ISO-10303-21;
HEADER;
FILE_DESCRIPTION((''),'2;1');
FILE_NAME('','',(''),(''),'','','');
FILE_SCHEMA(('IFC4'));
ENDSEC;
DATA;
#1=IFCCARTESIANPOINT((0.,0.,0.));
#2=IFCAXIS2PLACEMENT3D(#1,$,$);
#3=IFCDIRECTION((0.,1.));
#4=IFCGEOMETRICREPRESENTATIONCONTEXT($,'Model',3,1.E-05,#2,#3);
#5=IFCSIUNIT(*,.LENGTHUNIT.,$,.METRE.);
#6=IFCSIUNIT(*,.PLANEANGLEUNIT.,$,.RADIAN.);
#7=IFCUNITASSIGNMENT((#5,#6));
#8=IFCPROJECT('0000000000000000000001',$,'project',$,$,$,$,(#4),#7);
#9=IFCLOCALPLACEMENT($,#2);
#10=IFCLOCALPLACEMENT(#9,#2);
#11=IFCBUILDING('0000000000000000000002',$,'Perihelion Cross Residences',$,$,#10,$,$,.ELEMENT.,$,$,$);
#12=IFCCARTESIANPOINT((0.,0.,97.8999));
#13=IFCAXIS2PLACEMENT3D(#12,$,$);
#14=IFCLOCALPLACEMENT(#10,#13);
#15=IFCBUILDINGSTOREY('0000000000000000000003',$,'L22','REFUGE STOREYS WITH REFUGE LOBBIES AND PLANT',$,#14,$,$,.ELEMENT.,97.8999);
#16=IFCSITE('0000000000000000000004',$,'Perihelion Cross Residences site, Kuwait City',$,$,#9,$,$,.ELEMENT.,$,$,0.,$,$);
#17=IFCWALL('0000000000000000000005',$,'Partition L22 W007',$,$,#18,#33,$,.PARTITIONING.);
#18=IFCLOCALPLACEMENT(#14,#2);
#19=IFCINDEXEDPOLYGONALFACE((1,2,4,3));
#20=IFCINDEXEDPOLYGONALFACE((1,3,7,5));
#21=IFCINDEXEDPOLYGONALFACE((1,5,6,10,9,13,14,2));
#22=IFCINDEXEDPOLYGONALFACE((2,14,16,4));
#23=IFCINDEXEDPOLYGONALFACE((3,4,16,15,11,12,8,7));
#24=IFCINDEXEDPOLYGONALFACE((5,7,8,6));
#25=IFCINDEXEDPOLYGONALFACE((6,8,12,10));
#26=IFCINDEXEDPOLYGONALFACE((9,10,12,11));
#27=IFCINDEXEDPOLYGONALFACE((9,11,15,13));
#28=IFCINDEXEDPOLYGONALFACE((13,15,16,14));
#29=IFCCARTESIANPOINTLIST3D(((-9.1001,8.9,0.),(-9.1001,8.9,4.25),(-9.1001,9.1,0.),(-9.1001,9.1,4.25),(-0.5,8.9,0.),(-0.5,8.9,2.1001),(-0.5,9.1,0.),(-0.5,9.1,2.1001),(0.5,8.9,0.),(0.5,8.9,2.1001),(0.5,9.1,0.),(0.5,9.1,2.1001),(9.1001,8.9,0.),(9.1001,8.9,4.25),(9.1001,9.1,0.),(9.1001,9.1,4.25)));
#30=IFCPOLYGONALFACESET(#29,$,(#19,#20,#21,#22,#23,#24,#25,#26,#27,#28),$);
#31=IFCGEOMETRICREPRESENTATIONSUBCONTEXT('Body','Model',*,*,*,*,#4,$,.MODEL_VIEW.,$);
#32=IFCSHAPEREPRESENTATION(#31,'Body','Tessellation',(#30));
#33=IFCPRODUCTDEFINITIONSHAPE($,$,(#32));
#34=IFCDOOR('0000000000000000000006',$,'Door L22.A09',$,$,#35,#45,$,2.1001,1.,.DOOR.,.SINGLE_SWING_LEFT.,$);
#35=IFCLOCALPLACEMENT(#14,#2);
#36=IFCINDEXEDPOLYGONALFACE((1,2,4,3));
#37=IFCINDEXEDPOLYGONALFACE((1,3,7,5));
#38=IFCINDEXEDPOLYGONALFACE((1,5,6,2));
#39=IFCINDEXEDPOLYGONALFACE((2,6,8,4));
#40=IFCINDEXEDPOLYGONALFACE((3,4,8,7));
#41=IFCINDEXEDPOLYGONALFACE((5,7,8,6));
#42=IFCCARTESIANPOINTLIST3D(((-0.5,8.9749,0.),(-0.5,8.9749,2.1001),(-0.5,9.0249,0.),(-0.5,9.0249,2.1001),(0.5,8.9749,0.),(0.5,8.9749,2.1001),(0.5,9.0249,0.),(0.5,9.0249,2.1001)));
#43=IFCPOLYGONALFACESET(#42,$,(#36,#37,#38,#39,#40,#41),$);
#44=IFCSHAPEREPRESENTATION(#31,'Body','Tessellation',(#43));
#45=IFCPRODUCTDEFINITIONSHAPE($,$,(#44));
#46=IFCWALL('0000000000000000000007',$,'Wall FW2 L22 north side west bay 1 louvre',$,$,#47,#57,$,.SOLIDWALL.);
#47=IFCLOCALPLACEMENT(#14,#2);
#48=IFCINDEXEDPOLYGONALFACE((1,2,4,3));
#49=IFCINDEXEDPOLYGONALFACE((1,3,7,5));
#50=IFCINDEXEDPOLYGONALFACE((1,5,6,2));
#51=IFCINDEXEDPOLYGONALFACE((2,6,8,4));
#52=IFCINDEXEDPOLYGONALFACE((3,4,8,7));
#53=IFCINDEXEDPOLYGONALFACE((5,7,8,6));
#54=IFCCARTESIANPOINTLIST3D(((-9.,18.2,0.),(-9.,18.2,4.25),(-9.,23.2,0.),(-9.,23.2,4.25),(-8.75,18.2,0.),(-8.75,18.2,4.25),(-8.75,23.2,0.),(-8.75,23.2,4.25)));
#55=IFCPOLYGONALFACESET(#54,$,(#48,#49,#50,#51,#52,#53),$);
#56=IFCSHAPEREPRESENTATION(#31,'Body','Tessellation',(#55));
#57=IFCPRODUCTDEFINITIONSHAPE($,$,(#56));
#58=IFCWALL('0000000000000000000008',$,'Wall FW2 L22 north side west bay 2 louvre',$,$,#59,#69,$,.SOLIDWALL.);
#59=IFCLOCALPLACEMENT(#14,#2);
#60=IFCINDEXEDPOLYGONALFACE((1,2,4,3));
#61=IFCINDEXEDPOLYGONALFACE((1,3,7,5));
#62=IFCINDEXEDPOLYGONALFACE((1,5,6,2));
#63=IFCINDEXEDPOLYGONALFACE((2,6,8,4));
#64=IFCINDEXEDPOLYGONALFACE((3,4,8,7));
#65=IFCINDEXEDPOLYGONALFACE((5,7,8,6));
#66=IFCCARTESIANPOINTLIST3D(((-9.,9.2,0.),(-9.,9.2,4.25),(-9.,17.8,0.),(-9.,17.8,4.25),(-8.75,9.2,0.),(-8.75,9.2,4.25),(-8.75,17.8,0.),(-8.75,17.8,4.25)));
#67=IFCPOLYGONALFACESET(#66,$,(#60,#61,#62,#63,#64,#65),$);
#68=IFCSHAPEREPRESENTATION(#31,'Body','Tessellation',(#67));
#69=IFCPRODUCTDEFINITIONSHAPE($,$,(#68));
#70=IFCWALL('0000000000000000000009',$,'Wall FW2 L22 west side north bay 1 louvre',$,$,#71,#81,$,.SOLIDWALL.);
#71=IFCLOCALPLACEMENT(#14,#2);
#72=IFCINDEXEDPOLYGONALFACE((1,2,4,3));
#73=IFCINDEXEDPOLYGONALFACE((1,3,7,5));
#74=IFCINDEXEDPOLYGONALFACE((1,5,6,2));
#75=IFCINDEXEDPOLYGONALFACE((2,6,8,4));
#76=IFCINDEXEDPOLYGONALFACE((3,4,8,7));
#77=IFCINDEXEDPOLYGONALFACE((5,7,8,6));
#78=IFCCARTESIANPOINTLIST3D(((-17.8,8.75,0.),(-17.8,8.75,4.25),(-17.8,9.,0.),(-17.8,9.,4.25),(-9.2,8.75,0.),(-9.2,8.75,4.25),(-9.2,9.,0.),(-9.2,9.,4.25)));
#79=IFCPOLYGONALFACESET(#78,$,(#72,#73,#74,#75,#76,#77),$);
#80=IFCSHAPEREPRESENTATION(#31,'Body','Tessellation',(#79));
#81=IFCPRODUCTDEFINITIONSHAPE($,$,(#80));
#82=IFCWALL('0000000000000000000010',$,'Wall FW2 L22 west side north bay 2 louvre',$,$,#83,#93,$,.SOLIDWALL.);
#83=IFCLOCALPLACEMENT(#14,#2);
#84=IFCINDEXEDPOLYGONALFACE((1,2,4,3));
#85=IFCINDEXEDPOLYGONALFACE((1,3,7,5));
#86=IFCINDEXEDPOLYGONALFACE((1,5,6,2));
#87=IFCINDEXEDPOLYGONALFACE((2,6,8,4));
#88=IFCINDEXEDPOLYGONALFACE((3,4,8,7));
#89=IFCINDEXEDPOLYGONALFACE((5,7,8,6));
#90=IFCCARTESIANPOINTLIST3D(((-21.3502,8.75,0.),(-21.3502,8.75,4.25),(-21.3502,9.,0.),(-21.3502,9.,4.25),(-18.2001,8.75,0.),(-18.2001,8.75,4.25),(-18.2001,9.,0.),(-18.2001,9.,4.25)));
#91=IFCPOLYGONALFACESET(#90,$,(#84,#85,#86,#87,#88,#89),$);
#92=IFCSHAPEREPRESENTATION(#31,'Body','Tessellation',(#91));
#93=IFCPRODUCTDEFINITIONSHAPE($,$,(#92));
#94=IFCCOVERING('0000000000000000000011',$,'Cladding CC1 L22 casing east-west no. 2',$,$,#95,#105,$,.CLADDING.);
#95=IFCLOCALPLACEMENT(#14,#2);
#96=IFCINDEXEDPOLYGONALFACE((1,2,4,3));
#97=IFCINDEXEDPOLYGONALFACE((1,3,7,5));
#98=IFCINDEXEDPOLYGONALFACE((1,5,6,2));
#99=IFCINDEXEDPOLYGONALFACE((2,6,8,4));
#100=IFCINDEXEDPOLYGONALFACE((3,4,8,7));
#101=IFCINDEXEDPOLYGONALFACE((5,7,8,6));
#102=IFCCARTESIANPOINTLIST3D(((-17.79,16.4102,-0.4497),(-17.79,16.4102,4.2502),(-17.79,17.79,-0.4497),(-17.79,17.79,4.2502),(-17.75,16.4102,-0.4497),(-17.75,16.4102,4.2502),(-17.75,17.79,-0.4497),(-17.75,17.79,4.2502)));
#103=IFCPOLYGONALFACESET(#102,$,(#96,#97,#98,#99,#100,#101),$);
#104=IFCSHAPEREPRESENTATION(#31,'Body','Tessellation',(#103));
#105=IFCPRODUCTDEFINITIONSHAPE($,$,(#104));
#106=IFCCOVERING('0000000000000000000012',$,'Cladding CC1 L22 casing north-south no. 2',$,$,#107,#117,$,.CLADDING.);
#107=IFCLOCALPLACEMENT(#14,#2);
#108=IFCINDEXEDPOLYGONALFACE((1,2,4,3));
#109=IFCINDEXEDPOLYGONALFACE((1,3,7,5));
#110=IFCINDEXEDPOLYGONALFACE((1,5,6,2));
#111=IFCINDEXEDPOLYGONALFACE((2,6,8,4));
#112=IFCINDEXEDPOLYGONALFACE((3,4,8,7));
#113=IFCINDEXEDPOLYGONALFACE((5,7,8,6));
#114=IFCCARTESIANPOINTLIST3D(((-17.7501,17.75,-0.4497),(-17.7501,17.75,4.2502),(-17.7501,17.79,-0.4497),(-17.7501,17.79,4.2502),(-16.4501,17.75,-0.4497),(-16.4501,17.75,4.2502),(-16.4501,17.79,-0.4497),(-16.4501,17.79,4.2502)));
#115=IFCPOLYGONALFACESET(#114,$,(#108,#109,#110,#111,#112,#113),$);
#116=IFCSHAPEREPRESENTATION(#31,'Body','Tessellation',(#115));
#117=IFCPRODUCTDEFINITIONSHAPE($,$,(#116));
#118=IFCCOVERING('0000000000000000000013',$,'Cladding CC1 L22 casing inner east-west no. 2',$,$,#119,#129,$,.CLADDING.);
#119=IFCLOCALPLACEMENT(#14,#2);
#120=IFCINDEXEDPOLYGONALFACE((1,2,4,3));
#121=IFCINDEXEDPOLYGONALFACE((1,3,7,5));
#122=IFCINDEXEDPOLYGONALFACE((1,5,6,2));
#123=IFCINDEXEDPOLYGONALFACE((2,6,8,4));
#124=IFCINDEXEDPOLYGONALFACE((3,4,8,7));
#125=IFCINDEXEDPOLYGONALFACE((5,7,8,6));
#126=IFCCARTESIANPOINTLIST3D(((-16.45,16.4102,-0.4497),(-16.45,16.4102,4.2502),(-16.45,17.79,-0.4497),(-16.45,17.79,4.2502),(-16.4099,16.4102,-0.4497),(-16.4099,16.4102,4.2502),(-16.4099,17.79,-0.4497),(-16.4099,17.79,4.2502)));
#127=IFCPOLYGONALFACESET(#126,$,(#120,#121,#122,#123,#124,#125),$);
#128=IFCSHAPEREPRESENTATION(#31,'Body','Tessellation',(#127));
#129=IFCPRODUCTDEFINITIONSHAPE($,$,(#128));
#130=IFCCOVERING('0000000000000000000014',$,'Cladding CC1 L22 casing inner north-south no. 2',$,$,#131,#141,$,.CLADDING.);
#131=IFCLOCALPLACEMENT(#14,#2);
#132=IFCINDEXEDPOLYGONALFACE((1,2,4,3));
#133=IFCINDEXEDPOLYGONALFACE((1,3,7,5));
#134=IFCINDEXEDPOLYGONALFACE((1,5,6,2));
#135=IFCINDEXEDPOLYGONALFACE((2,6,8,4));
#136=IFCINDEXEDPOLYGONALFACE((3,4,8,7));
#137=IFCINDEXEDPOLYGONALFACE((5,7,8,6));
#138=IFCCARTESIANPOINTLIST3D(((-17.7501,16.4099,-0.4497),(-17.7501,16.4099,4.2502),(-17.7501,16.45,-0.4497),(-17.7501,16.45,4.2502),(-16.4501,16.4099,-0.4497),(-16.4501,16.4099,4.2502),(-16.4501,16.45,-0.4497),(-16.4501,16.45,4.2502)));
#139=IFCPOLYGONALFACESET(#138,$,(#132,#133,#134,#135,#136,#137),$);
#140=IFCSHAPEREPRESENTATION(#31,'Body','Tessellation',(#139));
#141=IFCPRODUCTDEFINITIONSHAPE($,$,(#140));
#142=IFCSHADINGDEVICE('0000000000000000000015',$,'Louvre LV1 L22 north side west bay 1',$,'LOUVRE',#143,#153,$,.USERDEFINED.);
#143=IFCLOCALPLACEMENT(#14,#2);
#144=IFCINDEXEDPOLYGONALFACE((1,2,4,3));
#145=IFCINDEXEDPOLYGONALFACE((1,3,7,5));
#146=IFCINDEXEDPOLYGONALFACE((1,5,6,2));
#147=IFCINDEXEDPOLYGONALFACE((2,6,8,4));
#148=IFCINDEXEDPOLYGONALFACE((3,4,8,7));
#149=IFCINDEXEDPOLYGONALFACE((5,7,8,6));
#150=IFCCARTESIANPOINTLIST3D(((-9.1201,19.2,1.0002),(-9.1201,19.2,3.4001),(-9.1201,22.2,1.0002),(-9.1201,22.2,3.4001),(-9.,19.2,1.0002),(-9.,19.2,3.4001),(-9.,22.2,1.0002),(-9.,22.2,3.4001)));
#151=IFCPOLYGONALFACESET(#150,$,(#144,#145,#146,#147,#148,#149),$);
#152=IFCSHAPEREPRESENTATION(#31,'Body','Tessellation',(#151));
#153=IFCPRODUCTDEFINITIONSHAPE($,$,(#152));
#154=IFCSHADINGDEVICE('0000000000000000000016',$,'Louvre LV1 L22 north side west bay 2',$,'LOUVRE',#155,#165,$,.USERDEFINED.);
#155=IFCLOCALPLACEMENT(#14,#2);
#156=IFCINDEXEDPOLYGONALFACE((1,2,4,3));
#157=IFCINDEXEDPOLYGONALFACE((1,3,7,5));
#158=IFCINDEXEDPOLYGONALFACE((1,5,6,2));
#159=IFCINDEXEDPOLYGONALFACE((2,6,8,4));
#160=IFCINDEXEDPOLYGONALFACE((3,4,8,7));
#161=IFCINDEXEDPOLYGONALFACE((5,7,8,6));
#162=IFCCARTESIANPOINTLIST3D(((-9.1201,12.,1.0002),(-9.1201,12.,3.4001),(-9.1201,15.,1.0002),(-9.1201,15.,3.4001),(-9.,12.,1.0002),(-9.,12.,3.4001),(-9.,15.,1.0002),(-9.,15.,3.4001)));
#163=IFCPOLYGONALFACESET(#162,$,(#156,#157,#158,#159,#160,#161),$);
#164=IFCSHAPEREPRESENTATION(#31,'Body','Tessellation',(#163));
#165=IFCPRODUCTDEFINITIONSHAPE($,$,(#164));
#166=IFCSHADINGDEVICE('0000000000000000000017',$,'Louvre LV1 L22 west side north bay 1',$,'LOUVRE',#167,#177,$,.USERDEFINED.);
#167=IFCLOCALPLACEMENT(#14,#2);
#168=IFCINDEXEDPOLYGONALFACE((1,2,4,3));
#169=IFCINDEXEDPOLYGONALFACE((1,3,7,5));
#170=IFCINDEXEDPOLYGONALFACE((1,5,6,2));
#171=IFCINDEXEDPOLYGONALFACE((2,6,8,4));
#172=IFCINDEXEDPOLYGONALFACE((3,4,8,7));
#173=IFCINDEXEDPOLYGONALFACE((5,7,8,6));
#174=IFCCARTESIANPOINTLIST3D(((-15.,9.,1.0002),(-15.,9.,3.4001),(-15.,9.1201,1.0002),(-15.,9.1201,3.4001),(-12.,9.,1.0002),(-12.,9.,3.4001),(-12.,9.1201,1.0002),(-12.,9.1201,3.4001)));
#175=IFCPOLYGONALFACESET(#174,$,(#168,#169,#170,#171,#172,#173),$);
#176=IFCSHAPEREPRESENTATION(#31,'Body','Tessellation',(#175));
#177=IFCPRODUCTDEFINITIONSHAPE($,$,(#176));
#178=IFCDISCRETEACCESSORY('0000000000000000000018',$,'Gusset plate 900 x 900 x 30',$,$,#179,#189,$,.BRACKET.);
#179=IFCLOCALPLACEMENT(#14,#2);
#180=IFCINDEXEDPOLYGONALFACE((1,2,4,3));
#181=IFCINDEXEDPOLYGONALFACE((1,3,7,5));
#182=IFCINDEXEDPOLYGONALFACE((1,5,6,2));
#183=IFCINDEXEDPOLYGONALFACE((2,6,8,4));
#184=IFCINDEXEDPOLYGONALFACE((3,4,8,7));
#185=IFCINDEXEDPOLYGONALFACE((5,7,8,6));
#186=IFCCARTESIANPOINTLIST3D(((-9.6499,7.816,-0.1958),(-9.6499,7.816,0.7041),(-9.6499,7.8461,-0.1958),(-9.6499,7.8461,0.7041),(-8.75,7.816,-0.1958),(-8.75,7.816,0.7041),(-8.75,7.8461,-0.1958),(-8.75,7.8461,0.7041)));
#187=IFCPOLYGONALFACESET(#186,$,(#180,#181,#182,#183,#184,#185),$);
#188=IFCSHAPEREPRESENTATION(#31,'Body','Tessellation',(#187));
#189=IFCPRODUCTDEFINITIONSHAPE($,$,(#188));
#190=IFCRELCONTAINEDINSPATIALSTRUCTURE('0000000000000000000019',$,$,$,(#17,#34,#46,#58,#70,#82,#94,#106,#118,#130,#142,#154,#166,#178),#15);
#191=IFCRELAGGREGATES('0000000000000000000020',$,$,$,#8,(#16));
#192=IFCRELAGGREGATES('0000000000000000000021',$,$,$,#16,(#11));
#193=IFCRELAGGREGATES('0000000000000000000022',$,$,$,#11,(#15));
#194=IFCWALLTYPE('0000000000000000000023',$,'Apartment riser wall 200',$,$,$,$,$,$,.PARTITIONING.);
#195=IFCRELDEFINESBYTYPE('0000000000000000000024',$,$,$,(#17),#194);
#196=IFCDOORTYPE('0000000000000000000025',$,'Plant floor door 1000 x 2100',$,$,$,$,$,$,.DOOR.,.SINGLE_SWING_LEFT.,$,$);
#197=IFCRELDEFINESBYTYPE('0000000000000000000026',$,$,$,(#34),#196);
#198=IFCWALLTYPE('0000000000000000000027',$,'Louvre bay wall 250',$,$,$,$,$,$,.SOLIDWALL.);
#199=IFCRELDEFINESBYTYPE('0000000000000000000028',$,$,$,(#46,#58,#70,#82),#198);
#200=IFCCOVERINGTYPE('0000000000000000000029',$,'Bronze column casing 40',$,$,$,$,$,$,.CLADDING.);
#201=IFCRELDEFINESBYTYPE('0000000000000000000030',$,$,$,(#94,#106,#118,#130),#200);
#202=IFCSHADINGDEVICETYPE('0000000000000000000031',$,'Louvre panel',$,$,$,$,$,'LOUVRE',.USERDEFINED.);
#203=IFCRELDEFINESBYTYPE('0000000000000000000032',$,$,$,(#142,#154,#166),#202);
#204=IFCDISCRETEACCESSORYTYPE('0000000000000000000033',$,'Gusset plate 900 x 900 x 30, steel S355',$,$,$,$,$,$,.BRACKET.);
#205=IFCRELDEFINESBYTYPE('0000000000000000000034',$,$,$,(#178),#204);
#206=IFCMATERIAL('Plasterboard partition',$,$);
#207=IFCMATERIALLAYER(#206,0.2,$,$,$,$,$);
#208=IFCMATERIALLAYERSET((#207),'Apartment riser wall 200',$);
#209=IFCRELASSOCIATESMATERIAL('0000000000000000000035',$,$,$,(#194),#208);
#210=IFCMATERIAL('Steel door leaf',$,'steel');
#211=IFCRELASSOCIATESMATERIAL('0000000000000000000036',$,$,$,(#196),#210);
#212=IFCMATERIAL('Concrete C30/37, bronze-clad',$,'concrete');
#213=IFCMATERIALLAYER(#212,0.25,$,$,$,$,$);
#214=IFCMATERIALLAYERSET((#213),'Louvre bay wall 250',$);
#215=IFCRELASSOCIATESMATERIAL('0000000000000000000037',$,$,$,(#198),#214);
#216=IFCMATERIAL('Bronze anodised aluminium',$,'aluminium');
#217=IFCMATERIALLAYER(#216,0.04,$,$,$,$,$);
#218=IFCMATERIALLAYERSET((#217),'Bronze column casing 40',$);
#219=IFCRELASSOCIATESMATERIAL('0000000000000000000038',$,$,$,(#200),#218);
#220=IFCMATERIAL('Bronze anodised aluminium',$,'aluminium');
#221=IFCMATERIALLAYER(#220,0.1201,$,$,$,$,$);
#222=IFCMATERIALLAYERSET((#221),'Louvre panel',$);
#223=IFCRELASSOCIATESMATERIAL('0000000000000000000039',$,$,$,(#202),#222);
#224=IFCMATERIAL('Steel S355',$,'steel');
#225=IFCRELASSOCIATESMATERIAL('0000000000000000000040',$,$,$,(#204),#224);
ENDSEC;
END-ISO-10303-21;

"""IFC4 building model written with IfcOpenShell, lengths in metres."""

from ifc_helpers import new_model, si_unit, direction, frame, frame_2d, origin, origin_2d, place, context, subcontext, project, spatial, rectangle, extrude, material, layer, layer_set, type_object, element, fill, save


model = new_model("IFC4")

# Units and contexts
model_context = context("Model", 3, precision=1e-05, world=origin(), true_north=direction((0.0, 1.0)))
body_context = subcontext(model_context, "Body", "Model", "MODEL_VIEW")
ifc_project = project(units=[si_unit("LENGTHUNIT", "METRE"), si_unit("PLANEANGLEUNIT", "RADIAN")], contexts=[model_context])

# Site, building, storey
site_placement = place(None, origin())
site = spatial("IfcSite", under=ifc_project, at=site_placement, Name="Perihelion Cross Residences site, Kuwait City", CompositionType="ELEMENT", RefElevation=0.0)
building_placement = place(site_placement, origin())
building = spatial("IfcBuilding", under=site, at=building_placement, Name="Perihelion Cross Residences", CompositionType="ELEMENT")
storey_placement = place(building_placement, frame((0.0, 0.0, 97.8999)))
storey = spatial("IfcBuildingStorey", under=building, at=storey_placement, Name="L22", Description="REFUGE STOREYS WITH REFUGE LOBBIES AND PLANT", CompositionType="ELEMENT", Elevation=97.8999)

# Wall, opening, door
ifc_material_1 = material(Name="Plasterboard partition")
ifc_layer_1 = layer(ifc_material_1, 0.2)
ifc_layer_set_1 = layer_set([ifc_layer_1], Name="Apartment riser wall 200")
wall_type_1 = type_object("IfcWallType", Name="Apartment riser wall 200", PredefinedType="PARTITIONING", material=ifc_layer_set_1)
wall_1_placement = place(storey_placement, frame((-9.1001, 9.0, 0.0), z_axis=(0.0, 0.0, 1.0), x_axis=(1.0, 0.0, 0.0)))
wall_1 = element("IfcWall", 1, at=wall_1_placement, inside=storey, type_object=wall_type_1, Name="Partition L22 W007", PredefinedType="PARTITIONING", context=body_context, shape_type="SweptSolid", body=[
    extrude(rectangle(XDim=18.2002, YDim=0.2, at=frame_2d((9.1001, 0.0))), origin(), (0.0, 0.0, 1.0), 4.25),
])
opening_placement = place(wall_1_placement, frame((8.6001, 0.0, 0.0)))
opening = element("IfcOpeningElement", 2, at=opening_placement, cuts=wall_1, PredefinedType="OPENING", context=body_context, shape_type="SweptSolid", body=[
    extrude(rectangle(XDim=1.0, YDim=2.1001, at=frame_2d((0.5, 1.05))), frame((0.0, 0.1099, 0.0), z_axis=(0.0, -1.0, 0.0), x_axis=(1.0, 0.0, 0.0)), (0.0, 0.0, 1.0), 0.22),
])
ifc_material_2 = material(Name="Steel door leaf", Category="steel")
door_type = type_object("IfcDoorType", Name="Plant floor door 1000 x 2100", OperationType="SINGLE_SWING_LEFT", PredefinedType="DOOR", material=ifc_material_2)
door_placement = place(opening_placement, origin())
door = element("IfcDoor", 3, at=door_placement, inside=storey, type_object=door_type, Name="Door L22.A09", OperationType="SINGLE_SWING_LEFT", OverallHeight=2.1001, OverallWidth=1.0, PredefinedType="DOOR", context=body_context, shape_type="SweptSolid", body=[
    extrude(rectangle(XDim=1.0, YDim=2.1001, at=frame_2d((0.5, 1.05))), frame((0.0, 0.0249, 0.0), z_axis=(0.0, -1.0, 0.0), x_axis=(1.0, 0.0, 0.0)), (0.0, 0.0, 1.0), 0.05),
])
fill(opening, door)

# Walls
ifc_material_3 = material(Name="Concrete C30/37, bronze-clad", Category="concrete")
ifc_layer_2 = layer(ifc_material_3, 0.25)
ifc_layer_set_2 = layer_set([ifc_layer_2], Name="Louvre bay wall 250")
wall_type_2 = type_object("IfcWallType", Name="Louvre bay wall 250", PredefinedType="SOLIDWALL", material=ifc_layer_set_2)
wall_2_placement = place(storey_placement, frame((-8.875, 23.2, 0.0), z_axis=(0.0, 0.0, 1.0), x_axis=(0.0, -1.0, 0.0)))
element("IfcWall", 4, at=wall_2_placement, inside=storey, type_object=wall_type_2, Name="Wall FW2 L22 north side west bay 1 louvre", PredefinedType="SOLIDWALL", context=body_context, shape_type="SweptSolid", body=[
    extrude(rectangle(XDim=5.0, YDim=0.25, at=frame_2d((2.5, 0.0))), origin(), (0.0, 0.0, 1.0), 4.25),
])
for number, where, z_axis, x_axis, name in (
    (5, (-8.875, 17.8, 0.0), (0.0, 0.0, 1.0), (0.0, -1.0, 0.0), "Wall FW2 L22 north side west bay 2 louvre"),
    (6, (-9.2, 8.875, 0.0), (0.0, 0.0, 1.0), (-1.0, 0.0, 0.0), "Wall FW2 L22 west side north bay 1 louvre"),
):
    element("IfcWall", number, at=place(storey_placement, frame(where, z_axis=z_axis, x_axis=x_axis)), inside=storey, type_object=wall_type_2, Name=name, PredefinedType="SOLIDWALL", context=body_context, shape_type="SweptSolid", body=[
        extrude(rectangle(XDim=8.6001, YDim=0.25, at=frame_2d((4.3, 0.0))), origin(), (0.0, 0.0, 1.0), 4.25),
    ])
wall_3_placement = place(storey_placement, frame((-18.2, 8.875, 0.0), z_axis=(0.0, 0.0, 1.0), x_axis=(-1.0, 0.0, 0.0)))
element("IfcWall", 7, at=wall_3_placement, inside=storey, type_object=wall_type_2, Name="Wall FW2 L22 west side north bay 2 louvre", PredefinedType="SOLIDWALL", context=body_context, shape_type="SweptSolid", body=[
    extrude(rectangle(XDim=3.1501, YDim=0.25, at=frame_2d((1.5752, 0.0))), origin(), (0.0, 0.0, 1.0), 4.25),
])

# Coverings
ifc_material_4 = material(Name="Bronze anodised aluminium", Category="aluminium")
ifc_layer_3 = layer(ifc_material_4, 0.04)
ifc_layer_set_3 = layer_set([ifc_layer_3], Name="Bronze column casing 40")
covering_type = type_object("IfcCoveringType", Name="Bronze column casing 40", PredefinedType="CLADDING", material=ifc_layer_set_3)
covering_1_placement = place(storey_placement, frame((-17.77, 17.1001, -0.4497), z_axis=(0.0, 0.0, 1.0), x_axis=(1.0, 0.0, 0.0)))
element("IfcCovering", 8, at=covering_1_placement, inside=storey, type_object=covering_type, Name="Cladding CC1 L22 casing east-west no. 2", PredefinedType="CLADDING", context=body_context, shape_type="SweptSolid", body=[
    extrude(rectangle(XDim=0.04, YDim=1.3799, at=origin_2d()), origin(), (0.0, 0.0, 1.0), 4.7),
])
covering_2_placement = place(storey_placement, frame((-17.1001, 17.77, -0.4497), z_axis=(0.0, 0.0, 1.0), x_axis=(1.0, 0.0, 0.0)))
element("IfcCovering", 9, at=covering_2_placement, inside=storey, type_object=covering_type, Name="Cladding CC1 L22 casing north-south no. 2", PredefinedType="CLADDING", context=body_context, shape_type="SweptSolid", body=[
    extrude(rectangle(XDim=1.3, YDim=0.04, at=origin_2d()), origin(), (0.0, 0.0, 1.0), 4.7),
])
covering_3_placement = place(storey_placement, frame((-16.4299, 17.1001, -0.4497), z_axis=(0.0, 0.0, 1.0), x_axis=(1.0, 0.0, 0.0)))
element("IfcCovering", 10, at=covering_3_placement, inside=storey, type_object=covering_type, Name="Cladding CC1 L22 casing inner east-west no. 2", PredefinedType="CLADDING", context=body_context, shape_type="SweptSolid", body=[
    extrude(rectangle(XDim=0.04, YDim=1.3799, at=origin_2d()), origin(), (0.0, 0.0, 1.0), 4.7),
])
covering_4_placement = place(storey_placement, frame((-17.1001, 16.4299, -0.4497), z_axis=(0.0, 0.0, 1.0), x_axis=(1.0, 0.0, 0.0)))
element("IfcCovering", 11, at=covering_4_placement, inside=storey, type_object=covering_type, Name="Cladding CC1 L22 casing inner north-south no. 2", PredefinedType="CLADDING", context=body_context, shape_type="SweptSolid", body=[
    extrude(rectangle(XDim=1.3, YDim=0.04, at=origin_2d()), origin(), (0.0, 0.0, 1.0), 4.7),
])

# Shading devices
ifc_material_5 = material(Name="Bronze anodised aluminium", Category="aluminium")
ifc_layer_4 = layer(ifc_material_5, 0.1201)
ifc_layer_set_4 = layer_set([ifc_layer_4], Name="Louvre panel")
shading_device_type = type_object("IfcShadingDeviceType", Name="Louvre panel", ElementType="LOUVRE", PredefinedType="USERDEFINED", material=ifc_layer_set_4)
for number, where, z_axis, x_axis, name in (
    (12, (-9.0601, 20.7, 1.0002), (0.0, 0.0, 1.0), (0.0, -1.0, 0.0), "Louvre LV1 L22 north side west bay 1"),
    (13, (-9.0601, 13.5, 1.0002), (0.0, 0.0, 1.0), (0.0, -1.0, 0.0), "Louvre LV1 L22 north side west bay 2"),
    (14, (-13.5, 9.0601, 1.0002), (0.0, 0.0, 1.0), (-1.0, 0.0, 0.0), "Louvre LV1 L22 west side north bay 1"),
):
    element("IfcShadingDevice", number, at=place(storey_placement, frame(where, z_axis=z_axis, x_axis=x_axis)), inside=storey, type_object=shading_device_type, Name=name, ObjectType="LOUVRE", PredefinedType="USERDEFINED", context=body_context, shape_type="SweptSolid", body=[
        extrude(rectangle(XDim=3.0, YDim=0.1201, at=origin_2d()), origin(), (0.0, 0.0, 1.0), 2.3999),
    ])

# Discrete accessory
ifc_material_6 = material(Name="Steel S355", Category="steel")
discrete_accessory_type = type_object("IfcDiscreteAccessoryType", Name="Gusset plate 900 x 900 x 30, steel S355", PredefinedType="BRACKET", material=ifc_material_6)
for number, where, z_axis, x_axis, name in (
    (15, (-9.2, 7.8311, -0.1958), (0.0, 0.0, 1.0), (-1.0, 0.0, 0.0), "Gusset plate 900 x 900 x 30"),
):
    element("IfcDiscreteAccessory", number, at=place(storey_placement, frame(where, z_axis=z_axis, x_axis=x_axis)), inside=storey, type_object=discrete_accessory_type, Name=name, PredefinedType="BRACKET", context=body_context, shape_type="SweptSolid", body=[
        extrude(rectangle(XDim=0.8999, YDim=0.03, at=origin_2d()), origin(), (0.0, 0.0, 1.0), 0.8999),
    ])

save(model, "model.ifc")
